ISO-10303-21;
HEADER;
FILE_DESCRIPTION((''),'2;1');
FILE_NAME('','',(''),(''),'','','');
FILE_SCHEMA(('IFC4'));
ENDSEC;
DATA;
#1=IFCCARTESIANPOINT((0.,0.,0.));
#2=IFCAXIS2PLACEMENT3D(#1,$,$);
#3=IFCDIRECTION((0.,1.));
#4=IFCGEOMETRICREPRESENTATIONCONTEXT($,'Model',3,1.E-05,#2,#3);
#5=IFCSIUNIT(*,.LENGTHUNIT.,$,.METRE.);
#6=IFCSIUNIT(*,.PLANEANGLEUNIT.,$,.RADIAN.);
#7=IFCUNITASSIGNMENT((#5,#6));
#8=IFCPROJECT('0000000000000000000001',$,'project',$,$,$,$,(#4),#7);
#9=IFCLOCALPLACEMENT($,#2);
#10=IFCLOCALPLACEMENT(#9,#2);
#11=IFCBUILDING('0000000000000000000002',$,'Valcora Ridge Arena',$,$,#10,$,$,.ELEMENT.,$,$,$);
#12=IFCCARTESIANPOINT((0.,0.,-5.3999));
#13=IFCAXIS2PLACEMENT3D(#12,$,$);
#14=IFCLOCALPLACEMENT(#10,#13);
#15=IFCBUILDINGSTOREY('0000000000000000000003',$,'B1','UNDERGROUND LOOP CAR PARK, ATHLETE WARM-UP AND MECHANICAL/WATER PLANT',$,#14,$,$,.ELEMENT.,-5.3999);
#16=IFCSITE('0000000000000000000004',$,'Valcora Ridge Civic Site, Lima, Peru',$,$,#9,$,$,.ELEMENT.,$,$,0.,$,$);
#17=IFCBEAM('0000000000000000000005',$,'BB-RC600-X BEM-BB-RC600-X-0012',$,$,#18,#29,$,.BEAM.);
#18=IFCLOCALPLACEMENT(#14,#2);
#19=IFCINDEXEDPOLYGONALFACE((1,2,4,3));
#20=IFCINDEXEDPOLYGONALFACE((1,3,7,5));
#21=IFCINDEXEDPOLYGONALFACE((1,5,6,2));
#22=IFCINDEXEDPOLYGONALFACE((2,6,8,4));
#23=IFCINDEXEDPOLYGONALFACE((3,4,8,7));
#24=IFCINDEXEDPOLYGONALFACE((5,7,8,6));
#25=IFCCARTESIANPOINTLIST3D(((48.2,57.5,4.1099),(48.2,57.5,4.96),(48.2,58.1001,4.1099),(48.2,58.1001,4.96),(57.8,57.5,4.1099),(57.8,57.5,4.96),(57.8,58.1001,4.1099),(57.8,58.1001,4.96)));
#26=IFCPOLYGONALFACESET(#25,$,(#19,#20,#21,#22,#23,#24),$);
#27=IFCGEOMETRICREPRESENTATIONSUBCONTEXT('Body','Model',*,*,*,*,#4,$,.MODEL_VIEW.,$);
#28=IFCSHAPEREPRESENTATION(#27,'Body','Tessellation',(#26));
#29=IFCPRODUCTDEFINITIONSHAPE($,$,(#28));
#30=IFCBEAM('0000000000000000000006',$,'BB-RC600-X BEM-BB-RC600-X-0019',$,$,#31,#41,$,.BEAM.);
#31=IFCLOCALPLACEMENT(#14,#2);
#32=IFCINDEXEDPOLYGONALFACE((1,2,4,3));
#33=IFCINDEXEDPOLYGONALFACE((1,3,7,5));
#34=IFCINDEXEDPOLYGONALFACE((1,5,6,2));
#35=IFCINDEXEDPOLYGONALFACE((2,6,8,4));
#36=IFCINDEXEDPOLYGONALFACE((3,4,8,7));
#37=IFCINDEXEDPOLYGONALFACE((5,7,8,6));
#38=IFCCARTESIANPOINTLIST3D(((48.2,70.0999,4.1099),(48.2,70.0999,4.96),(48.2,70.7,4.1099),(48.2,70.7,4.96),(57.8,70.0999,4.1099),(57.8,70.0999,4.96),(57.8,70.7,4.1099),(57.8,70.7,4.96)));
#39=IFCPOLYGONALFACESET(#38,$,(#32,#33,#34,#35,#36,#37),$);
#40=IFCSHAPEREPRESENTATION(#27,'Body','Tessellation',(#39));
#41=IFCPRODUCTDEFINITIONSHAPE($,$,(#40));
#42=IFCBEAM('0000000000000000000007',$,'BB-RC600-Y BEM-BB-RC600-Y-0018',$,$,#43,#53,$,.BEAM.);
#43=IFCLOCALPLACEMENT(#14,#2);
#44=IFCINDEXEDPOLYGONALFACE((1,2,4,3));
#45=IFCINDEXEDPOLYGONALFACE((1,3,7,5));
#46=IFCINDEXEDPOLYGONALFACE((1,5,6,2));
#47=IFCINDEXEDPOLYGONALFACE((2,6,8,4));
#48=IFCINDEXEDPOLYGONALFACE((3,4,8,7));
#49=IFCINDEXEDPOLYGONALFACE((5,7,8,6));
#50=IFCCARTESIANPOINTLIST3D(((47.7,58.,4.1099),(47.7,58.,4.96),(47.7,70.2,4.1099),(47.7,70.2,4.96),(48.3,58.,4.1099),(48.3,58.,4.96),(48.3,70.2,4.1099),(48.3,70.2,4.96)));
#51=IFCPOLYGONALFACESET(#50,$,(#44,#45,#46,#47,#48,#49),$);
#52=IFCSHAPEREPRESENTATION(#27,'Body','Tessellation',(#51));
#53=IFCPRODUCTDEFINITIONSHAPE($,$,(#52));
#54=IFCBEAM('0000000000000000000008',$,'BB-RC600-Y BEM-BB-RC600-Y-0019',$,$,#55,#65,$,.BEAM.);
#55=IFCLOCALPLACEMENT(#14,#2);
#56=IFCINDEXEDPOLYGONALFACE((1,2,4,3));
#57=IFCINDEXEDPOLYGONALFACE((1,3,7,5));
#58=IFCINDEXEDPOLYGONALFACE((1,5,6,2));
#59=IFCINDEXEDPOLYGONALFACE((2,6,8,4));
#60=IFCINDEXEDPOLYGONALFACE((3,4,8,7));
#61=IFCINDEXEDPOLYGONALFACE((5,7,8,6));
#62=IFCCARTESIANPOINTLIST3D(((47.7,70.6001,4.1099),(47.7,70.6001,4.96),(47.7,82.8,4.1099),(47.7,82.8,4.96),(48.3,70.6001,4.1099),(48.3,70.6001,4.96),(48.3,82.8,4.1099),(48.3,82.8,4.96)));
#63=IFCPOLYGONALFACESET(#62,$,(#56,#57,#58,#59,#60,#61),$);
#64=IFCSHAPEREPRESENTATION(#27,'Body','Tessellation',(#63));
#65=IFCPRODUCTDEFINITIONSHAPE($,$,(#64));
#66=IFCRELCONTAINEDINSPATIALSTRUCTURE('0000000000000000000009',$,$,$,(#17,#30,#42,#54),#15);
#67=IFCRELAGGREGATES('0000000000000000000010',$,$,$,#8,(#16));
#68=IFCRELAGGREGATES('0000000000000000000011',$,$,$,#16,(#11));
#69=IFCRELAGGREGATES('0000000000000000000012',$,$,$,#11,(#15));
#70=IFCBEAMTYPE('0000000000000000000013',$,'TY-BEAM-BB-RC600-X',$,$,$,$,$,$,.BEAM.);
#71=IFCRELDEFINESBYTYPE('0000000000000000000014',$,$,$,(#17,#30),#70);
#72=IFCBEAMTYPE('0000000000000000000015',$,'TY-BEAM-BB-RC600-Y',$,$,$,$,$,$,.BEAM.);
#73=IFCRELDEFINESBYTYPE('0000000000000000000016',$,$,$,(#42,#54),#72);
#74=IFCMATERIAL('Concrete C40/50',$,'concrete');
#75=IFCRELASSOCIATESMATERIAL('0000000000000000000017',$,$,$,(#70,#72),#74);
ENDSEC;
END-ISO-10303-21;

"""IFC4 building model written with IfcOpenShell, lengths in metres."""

from ifc_helpers import new_model, si_unit, direction, frame, origin, origin_2d, place, context, subcontext, project, spatial, rectangle, extrude, material, material_profile, profile_set, type_object, element, save


model = new_model("IFC4")

# Units and contexts
model_context = context("Model", 3, precision=1e-05, world=origin(), true_north=direction((0.0, 1.0)))
body_context = subcontext(model_context, "Body", "Model", "MODEL_VIEW")
ifc_project = project(units=[si_unit("LENGTHUNIT", "METRE"), si_unit("PLANEANGLEUNIT", "RADIAN")], contexts=[model_context])

# Site, building, storey
site_placement = place(None, origin())
site = spatial("IfcSite", under=ifc_project, at=site_placement, Name="Valcora Ridge Civic Site, Lima, Peru", CompositionType="ELEMENT", RefElevation=0.0)
building_placement = place(site_placement, origin())
building = spatial("IfcBuilding", under=site, at=building_placement, Name="Valcora Ridge Arena", CompositionType="ELEMENT")
storey_placement = place(building_placement, frame((0.0, 0.0, -5.3999)))
storey = spatial("IfcBuildingStorey", under=building, at=storey_placement, Name="B1", Description="UNDERGROUND LOOP CAR PARK, ATHLETE WARM-UP AND MECHANICAL/WATER PLANT", CompositionType="ELEMENT", Elevation=-5.3999)

# Shared definitions
ifc_material_1 = material(Name="Concrete C40/50", Category="concrete")

# Beams
ifc_material_profile_1 = material_profile(ifc_material_1, rectangle(XDim=0.6001, YDim=0.8501, at=origin_2d()), Name="RC 600x850")
ifc_profile_set_1 = profile_set([ifc_material_profile_1], Name="Concrete C40/50")
beam_type_1 = type_object("IfcBeamType", Name="TY-BEAM-BB-RC600-X", PredefinedType="BEAM", material=ifc_profile_set_1)
for number, where, z_axis, x_axis, name in (
    (1, (48.2, 57.8, 4.5349), (1.0, 0.0, 0.0), (0.0, 1.0, 0.0), "BB-RC600-X BEM-BB-RC600-X-0012"),
    (2, (48.2, 70.3999, 4.5349), (1.0, 0.0, 0.0), (0.0, 1.0, 0.0), "BB-RC600-X BEM-BB-RC600-X-0019"),
):
    element("IfcBeam", number, at=place(storey_placement, frame(where, z_axis=z_axis, x_axis=x_axis)), inside=storey, type_object=beam_type_1, Name=name, PredefinedType="BEAM", context=body_context, shape_type="SweptSolid", body=[
        extrude(rectangle(XDim=0.6001, YDim=0.8501, at=origin_2d()), origin(), (0.0, 0.0, 1.0), 9.6001),
    ])
ifc_material_profile_2 = material_profile(ifc_material_1, rectangle(XDim=0.6001, YDim=0.8501, at=origin_2d()), Name="RC 600x850")
ifc_profile_set_2 = profile_set([ifc_material_profile_2], Name="Concrete C40/50")
beam_type_2 = type_object("IfcBeamType", Name="TY-BEAM-BB-RC600-Y", PredefinedType="BEAM", material=ifc_profile_set_2)
for number, where, z_axis, x_axis, name in (
    (3, (48.0, 58.0, 4.5349), (0.0, 1.0, 0.0), (-1.0, 0.0, 0.0), "BB-RC600-Y BEM-BB-RC600-Y-0018"),
    (4, (48.0, 70.6001, 4.5349), (0.0, 1.0, 0.0), (-1.0, 0.0, 0.0), "BB-RC600-Y BEM-BB-RC600-Y-0019"),
):
    element("IfcBeam", number, at=place(storey_placement, frame(where, z_axis=z_axis, x_axis=x_axis)), inside=storey, type_object=beam_type_2, Name=name, PredefinedType="BEAM", context=body_context, shape_type="SweptSolid", body=[
        extrude(rectangle(XDim=0.6001, YDim=0.8501, at=origin_2d()), origin(), (0.0, 0.0, 1.0), 12.2),
    ])

save(model, "model.ifc")
